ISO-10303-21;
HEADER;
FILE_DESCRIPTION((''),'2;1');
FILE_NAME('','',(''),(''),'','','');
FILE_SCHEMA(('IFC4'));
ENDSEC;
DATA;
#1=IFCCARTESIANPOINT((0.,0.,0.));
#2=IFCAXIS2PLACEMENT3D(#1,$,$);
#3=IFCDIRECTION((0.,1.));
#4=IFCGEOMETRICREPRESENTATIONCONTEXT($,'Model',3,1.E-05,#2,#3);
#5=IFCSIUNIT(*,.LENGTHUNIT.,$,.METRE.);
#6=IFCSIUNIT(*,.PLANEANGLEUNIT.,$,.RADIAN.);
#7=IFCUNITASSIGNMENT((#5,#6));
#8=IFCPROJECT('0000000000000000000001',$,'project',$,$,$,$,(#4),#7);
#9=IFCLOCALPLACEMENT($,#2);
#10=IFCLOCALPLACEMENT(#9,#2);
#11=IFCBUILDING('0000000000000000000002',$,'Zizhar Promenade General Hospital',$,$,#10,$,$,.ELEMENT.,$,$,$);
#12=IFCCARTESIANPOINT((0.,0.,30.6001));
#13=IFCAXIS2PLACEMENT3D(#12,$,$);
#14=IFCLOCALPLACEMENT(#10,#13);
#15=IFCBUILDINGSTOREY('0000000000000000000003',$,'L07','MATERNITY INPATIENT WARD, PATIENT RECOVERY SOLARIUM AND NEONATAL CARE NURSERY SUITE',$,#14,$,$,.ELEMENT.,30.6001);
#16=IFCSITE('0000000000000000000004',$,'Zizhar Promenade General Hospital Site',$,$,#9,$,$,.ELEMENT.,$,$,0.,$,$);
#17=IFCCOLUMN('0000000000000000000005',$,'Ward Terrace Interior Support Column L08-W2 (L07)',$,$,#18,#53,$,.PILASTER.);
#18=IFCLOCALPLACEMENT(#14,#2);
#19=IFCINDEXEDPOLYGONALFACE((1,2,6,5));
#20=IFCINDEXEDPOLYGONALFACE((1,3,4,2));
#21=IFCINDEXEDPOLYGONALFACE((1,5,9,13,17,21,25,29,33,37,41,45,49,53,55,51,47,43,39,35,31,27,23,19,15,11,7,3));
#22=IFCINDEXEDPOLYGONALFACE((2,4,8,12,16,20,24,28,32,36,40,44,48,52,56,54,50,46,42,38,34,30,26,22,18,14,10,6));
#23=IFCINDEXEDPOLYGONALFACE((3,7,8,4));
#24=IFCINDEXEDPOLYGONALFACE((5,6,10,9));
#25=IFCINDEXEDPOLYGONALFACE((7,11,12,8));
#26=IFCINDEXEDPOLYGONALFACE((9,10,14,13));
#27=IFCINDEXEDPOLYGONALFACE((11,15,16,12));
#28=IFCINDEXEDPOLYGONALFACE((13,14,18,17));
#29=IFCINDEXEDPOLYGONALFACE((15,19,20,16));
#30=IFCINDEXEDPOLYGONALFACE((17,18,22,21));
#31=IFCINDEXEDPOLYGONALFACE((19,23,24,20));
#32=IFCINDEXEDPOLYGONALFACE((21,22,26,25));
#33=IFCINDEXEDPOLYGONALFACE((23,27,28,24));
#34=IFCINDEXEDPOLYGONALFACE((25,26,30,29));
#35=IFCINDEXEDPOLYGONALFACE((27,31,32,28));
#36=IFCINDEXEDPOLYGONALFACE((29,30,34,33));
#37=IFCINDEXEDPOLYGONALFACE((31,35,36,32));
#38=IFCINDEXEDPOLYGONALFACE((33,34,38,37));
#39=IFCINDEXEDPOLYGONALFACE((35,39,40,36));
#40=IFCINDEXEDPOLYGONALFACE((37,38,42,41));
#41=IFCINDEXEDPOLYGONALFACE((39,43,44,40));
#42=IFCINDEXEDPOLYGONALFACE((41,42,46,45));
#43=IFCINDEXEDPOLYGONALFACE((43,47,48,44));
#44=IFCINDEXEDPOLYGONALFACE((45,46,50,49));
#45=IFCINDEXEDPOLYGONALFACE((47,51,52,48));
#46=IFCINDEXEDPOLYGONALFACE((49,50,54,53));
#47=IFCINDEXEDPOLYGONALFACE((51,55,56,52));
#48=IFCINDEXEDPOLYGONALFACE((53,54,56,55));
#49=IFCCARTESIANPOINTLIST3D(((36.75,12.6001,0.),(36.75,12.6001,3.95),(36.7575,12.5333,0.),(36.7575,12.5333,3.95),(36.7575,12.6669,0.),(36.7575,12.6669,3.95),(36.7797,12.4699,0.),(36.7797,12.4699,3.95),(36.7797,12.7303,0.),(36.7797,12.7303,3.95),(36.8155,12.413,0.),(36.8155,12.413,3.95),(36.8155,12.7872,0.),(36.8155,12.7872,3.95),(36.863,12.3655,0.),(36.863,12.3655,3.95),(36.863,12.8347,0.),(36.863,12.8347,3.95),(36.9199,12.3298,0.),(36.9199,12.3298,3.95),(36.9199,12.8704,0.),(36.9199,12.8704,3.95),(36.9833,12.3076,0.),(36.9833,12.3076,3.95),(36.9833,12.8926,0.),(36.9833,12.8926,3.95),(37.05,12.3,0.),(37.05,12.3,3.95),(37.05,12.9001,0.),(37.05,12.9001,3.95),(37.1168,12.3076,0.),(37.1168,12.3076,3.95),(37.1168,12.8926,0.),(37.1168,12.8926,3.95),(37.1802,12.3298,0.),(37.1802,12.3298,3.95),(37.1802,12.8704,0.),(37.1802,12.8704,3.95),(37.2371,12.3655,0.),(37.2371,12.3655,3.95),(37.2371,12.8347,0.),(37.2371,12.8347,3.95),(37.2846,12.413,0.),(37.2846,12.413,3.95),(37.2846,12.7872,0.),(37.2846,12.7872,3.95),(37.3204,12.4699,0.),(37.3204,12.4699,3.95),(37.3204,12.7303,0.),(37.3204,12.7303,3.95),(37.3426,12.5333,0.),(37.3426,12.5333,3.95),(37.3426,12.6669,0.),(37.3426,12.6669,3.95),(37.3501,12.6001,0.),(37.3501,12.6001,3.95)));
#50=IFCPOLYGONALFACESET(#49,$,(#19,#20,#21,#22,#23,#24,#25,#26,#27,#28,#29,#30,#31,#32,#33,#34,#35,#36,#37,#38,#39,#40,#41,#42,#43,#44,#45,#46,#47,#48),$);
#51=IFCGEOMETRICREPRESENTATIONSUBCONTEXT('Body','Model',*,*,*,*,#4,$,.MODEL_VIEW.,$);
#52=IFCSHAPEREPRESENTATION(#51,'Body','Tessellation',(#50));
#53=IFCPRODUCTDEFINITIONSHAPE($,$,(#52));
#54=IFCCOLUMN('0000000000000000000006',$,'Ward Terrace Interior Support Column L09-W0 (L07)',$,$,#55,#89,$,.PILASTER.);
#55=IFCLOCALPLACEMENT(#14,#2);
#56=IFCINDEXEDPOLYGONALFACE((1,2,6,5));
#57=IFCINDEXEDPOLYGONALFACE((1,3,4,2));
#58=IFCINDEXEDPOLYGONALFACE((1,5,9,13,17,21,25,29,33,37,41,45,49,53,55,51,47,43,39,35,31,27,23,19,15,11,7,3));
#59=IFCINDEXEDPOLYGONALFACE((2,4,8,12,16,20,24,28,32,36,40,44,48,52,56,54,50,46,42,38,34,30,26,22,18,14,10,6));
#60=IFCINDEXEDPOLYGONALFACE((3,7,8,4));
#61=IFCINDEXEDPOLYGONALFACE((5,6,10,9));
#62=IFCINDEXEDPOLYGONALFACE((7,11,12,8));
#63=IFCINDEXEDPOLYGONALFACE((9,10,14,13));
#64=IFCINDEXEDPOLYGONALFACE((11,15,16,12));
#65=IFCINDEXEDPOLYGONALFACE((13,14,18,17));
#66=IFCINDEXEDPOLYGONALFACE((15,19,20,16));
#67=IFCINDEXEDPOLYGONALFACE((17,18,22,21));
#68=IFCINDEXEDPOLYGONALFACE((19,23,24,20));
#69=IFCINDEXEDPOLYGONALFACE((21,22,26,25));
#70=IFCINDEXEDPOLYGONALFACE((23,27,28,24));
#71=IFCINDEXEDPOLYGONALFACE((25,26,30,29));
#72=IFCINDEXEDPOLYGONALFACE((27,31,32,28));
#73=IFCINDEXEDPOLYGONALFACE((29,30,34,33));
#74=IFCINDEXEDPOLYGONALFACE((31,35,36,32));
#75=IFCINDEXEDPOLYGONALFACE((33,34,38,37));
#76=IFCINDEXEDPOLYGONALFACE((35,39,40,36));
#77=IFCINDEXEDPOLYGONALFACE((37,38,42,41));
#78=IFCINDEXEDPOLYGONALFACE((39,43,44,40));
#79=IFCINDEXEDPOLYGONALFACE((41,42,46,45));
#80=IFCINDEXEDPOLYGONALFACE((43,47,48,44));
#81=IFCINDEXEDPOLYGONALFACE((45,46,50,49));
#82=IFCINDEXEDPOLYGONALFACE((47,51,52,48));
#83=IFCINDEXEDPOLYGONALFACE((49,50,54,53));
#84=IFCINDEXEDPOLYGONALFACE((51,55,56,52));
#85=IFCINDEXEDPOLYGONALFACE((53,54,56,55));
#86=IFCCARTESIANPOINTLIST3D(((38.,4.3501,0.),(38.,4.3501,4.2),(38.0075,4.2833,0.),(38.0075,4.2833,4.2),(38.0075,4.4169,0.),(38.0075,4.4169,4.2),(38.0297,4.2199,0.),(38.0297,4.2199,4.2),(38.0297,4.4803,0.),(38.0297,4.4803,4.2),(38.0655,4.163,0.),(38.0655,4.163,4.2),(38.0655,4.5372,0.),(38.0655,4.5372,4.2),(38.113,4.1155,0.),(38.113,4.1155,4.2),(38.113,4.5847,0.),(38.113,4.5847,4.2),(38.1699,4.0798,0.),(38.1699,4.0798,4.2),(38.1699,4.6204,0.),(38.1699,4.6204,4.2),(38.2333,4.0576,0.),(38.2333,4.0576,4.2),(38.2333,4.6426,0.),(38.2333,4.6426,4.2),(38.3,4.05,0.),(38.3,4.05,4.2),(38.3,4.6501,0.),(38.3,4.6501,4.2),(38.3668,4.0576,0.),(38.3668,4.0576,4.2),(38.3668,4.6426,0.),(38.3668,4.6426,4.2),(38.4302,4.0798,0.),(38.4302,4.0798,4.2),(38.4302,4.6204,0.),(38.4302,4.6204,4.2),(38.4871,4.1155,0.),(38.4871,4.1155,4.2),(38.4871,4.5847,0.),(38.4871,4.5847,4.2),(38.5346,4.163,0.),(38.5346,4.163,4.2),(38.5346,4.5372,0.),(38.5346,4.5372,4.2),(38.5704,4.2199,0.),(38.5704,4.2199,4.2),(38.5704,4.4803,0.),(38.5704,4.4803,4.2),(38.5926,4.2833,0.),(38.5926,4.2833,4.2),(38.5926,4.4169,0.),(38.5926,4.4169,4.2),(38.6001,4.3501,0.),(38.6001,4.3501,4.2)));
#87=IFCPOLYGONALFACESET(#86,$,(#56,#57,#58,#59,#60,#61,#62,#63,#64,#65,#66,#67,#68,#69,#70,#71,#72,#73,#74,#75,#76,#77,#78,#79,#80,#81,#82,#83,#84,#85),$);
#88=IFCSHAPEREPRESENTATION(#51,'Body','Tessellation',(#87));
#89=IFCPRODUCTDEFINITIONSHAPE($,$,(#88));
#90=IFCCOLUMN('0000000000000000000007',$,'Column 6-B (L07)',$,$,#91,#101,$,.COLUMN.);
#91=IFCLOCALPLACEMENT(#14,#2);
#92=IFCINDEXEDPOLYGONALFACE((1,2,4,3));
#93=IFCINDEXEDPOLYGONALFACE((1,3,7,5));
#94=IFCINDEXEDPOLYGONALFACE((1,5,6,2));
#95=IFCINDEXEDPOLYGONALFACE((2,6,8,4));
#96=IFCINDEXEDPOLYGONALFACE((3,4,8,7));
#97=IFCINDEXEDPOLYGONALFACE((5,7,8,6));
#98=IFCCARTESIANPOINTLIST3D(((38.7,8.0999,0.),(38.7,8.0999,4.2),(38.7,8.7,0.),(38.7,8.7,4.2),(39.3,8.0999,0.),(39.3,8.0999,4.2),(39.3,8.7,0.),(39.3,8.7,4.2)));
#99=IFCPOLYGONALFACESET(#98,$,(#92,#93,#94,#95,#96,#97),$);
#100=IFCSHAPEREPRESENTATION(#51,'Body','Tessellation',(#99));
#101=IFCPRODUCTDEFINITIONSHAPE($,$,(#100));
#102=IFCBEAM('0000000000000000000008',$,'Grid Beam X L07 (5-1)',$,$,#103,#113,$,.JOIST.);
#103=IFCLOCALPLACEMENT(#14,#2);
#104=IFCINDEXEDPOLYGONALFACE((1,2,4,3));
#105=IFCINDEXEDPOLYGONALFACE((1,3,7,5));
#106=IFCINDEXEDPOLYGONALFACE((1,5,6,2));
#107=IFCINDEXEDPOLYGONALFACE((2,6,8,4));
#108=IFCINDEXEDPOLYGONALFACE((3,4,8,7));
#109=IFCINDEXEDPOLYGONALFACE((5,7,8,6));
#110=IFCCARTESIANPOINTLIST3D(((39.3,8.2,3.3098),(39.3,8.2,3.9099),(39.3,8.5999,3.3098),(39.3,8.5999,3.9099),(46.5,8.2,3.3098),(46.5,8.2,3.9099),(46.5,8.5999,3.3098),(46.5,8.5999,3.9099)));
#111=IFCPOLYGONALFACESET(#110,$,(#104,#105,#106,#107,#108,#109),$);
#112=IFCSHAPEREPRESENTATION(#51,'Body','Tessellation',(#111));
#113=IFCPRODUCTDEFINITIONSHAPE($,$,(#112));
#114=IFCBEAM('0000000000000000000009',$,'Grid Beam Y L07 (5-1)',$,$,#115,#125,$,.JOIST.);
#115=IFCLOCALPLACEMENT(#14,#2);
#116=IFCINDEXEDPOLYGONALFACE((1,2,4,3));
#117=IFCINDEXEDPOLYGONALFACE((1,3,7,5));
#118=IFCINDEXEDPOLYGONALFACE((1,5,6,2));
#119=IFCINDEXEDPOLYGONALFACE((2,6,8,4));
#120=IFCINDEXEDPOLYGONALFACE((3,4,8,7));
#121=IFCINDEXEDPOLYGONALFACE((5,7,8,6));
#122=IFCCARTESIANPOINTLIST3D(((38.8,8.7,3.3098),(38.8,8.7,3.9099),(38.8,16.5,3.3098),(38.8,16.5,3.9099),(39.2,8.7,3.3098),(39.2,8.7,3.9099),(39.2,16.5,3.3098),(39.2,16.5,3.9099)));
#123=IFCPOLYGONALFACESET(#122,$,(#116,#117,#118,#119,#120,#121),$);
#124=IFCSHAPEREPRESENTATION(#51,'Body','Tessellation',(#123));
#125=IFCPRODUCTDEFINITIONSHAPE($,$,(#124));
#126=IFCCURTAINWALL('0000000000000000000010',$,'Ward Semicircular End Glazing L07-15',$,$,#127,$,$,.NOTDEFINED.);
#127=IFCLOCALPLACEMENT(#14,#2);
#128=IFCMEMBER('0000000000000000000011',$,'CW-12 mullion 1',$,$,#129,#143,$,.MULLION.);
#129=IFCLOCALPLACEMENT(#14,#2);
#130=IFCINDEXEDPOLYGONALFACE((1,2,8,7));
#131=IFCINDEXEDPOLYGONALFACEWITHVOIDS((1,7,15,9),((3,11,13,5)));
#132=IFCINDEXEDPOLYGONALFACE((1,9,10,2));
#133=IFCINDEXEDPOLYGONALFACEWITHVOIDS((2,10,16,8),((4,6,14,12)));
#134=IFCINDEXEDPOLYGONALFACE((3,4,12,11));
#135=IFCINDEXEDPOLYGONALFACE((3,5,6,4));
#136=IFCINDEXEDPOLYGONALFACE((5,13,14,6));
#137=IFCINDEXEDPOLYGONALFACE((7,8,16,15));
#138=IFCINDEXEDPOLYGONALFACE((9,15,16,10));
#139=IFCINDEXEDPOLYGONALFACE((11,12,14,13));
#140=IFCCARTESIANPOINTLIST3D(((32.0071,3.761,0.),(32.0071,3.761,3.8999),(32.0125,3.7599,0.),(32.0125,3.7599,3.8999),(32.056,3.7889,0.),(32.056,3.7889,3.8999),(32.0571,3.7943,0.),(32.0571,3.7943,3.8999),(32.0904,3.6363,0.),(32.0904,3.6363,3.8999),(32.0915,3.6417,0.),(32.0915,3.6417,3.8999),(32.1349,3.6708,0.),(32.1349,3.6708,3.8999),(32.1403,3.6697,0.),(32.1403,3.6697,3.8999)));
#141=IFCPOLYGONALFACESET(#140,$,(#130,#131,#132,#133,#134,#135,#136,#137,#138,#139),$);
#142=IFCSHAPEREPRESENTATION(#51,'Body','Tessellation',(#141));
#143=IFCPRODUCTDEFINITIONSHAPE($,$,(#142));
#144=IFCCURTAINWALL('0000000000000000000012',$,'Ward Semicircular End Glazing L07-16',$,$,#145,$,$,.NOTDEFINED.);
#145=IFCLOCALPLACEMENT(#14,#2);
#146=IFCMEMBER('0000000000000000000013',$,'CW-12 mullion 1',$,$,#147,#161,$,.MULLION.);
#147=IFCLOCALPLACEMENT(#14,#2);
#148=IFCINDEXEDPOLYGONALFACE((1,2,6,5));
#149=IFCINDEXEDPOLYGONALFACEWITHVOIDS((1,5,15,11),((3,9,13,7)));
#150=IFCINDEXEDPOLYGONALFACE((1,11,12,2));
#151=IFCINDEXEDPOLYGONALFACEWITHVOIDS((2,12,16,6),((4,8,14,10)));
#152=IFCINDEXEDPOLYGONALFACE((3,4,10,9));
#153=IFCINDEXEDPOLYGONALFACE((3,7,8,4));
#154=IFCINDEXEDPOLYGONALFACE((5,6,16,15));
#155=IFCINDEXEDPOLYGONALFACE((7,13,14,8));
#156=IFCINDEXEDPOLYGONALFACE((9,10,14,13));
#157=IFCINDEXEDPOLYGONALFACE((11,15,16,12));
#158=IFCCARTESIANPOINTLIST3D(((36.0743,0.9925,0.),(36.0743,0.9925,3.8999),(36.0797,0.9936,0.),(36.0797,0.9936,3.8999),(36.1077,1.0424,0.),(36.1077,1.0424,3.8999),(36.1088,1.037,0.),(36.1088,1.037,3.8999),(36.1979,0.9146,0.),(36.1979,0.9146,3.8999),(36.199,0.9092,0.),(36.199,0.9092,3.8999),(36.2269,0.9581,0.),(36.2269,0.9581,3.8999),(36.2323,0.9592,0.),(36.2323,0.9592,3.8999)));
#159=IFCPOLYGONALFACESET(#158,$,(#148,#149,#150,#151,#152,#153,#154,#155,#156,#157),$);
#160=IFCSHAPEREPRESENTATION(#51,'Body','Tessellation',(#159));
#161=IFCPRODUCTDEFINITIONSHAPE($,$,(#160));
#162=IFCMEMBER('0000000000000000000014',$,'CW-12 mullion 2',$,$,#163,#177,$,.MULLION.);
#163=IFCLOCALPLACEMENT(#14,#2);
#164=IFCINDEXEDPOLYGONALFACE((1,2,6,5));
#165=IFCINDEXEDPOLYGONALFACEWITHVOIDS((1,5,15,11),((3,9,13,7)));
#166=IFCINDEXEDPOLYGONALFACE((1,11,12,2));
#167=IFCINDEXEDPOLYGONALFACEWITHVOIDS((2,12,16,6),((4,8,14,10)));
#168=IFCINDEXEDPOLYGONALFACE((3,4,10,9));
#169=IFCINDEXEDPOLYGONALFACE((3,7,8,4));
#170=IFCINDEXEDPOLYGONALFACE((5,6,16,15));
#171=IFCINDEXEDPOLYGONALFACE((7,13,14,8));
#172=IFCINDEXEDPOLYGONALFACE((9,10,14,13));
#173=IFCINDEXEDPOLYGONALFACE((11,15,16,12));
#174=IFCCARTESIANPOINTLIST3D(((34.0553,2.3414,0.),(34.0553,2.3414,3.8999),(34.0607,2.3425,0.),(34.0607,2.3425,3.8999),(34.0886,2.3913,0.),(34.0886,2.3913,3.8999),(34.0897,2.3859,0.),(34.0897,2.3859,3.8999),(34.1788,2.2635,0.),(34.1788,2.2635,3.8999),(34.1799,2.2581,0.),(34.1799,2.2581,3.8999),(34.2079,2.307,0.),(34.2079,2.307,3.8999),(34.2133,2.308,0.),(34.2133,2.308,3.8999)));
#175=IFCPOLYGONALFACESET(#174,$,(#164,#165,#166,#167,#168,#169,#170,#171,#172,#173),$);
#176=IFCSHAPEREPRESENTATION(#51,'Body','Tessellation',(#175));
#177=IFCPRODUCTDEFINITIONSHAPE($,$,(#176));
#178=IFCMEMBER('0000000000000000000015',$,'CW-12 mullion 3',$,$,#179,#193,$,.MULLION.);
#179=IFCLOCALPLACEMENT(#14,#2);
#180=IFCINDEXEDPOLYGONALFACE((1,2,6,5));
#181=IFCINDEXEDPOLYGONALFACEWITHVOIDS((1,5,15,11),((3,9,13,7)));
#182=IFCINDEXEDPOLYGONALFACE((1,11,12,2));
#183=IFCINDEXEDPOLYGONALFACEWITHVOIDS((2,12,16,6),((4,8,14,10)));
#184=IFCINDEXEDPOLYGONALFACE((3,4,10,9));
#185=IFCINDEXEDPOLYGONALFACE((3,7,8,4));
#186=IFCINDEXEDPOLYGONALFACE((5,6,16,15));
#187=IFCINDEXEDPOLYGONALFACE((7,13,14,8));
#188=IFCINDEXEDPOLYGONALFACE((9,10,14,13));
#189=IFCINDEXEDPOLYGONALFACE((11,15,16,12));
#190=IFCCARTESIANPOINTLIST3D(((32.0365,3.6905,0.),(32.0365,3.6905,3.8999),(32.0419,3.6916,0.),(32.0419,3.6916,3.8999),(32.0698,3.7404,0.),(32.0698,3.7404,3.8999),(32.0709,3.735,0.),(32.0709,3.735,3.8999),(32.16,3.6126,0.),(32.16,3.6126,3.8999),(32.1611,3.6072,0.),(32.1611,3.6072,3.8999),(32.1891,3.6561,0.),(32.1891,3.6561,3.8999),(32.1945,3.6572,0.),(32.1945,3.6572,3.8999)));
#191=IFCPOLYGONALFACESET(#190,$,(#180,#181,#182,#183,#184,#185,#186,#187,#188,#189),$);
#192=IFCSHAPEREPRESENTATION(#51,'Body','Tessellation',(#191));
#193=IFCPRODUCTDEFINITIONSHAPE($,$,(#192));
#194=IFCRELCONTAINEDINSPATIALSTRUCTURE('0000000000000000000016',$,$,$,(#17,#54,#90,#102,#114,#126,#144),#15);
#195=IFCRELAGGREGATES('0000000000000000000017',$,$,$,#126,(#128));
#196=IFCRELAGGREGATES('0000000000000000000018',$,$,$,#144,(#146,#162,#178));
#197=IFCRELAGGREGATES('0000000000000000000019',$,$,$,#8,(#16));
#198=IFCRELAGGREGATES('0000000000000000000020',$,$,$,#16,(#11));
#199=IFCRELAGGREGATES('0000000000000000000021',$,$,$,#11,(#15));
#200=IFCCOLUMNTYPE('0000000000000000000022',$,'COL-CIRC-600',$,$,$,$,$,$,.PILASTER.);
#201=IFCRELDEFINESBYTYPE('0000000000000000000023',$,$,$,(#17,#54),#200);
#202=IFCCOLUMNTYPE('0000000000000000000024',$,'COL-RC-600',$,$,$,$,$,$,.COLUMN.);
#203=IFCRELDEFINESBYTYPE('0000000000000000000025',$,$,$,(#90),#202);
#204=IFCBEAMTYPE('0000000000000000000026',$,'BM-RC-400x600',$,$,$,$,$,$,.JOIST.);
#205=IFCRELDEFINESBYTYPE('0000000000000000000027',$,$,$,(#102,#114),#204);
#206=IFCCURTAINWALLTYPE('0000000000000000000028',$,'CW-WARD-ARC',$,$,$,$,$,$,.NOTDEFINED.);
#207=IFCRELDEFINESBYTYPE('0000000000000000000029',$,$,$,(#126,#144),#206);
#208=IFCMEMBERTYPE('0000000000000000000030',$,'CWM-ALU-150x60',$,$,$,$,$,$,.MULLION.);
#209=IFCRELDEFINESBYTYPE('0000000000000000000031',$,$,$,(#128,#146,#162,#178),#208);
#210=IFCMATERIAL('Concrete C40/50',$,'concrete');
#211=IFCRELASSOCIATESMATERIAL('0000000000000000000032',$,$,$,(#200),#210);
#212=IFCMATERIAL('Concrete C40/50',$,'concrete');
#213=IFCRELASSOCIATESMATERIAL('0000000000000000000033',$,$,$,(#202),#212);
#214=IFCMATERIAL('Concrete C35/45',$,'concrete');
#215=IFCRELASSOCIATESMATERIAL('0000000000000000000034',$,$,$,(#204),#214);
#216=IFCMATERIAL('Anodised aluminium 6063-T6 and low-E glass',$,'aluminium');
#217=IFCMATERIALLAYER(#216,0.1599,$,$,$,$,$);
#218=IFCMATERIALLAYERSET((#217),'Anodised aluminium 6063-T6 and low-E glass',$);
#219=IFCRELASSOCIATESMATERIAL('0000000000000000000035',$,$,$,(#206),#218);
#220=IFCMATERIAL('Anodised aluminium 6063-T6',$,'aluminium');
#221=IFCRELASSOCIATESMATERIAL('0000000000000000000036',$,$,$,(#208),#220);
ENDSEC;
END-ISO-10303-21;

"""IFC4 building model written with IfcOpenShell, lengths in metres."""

from ifc_helpers import new_model, si_unit, direction, frame, origin, origin_2d, place, context, subcontext, project, spatial, rectangle, hollow_rectangle, circle, extrude, material, layer, layer_set, material_profile, profile_set, type_object, element, aggregate, save


model = new_model("IFC4")

# Units and contexts
model_context = context("Model", 3, precision=1e-05, world=origin(), true_north=direction((0.0, 1.0)))
body_context = subcontext(model_context, "Body", "Model", "MODEL_VIEW")
ifc_project = project(units=[si_unit("LENGTHUNIT", "METRE"), si_unit("PLANEANGLEUNIT", "RADIAN")], contexts=[model_context])

# Site, building, storey
site_placement = place(None, origin())
site = spatial("IfcSite", under=ifc_project, at=site_placement, Name="Zizhar Promenade General Hospital Site", CompositionType="ELEMENT", RefElevation=0.0)
building_placement = place(site_placement, origin())
building = spatial("IfcBuilding", under=site, at=building_placement, Name="Zizhar Promenade General Hospital", CompositionType="ELEMENT")
storey_placement = place(building_placement, frame((0.0, 0.0, 30.6001)))
storey = spatial("IfcBuildingStorey", under=building, at=storey_placement, Name="L07", Description="MATERNITY INPATIENT WARD, PATIENT RECOVERY SOLARIUM AND NEONATAL CARE NURSERY SUITE", CompositionType="ELEMENT", Elevation=30.6001)

# Columns
ifc_material_1 = material(Name="Concrete C40/50", Category="concrete")
ifc_material_profile_1 = material_profile(ifc_material_1, circle(Radius=0.3, at=origin_2d()))
ifc_profile_set_1 = profile_set([ifc_material_profile_1], Name="Concrete C40/50")
column_type_1 = type_object("IfcColumnType", Name="COL-CIRC-600", PredefinedType="PILASTER", material=ifc_profile_set_1)
column_1_placement = place(storey_placement, frame((37.05, 12.6001, 0.0), z_axis=(0.0, 0.0, 1.0), x_axis=(1.0, 0.0, 0.0)))
element("IfcColumn", 1, at=column_1_placement, inside=storey, type_object=column_type_1, Name="Ward Terrace Interior Support Column L08-W2 (L07)", PredefinedType="PILASTER", context=body_context, shape_type="SweptSolid", body=[
    extrude(circle(Radius=0.3, at=origin_2d()), origin(), (0.0, 0.0, 1.0), 3.95),
])
column_2_placement = place(storey_placement, frame((38.3, 4.3501, 0.0), z_axis=(0.0, 0.0, 1.0), x_axis=(1.0, 0.0, 0.0)))
element("IfcColumn", 2, at=column_2_placement, inside=storey, type_object=column_type_1, Name="Ward Terrace Interior Support Column L09-W0 (L07)", PredefinedType="PILASTER", context=body_context, shape_type="SweptSolid", body=[
    extrude(circle(Radius=0.3, at=origin_2d()), origin(), (0.0, 0.0, 1.0), 4.2),
])
ifc_material_2 = material(Name="Concrete C40/50", Category="concrete")
ifc_material_profile_2 = material_profile(ifc_material_2, rectangle(XDim=0.6001, YDim=0.6001, at=origin_2d()))
ifc_profile_set_2 = profile_set([ifc_material_profile_2], Name="Concrete C40/50")
column_type_2 = type_object("IfcColumnType", Name="COL-RC-600", PredefinedType="COLUMN", material=ifc_profile_set_2)
column_3_placement = place(storey_placement, frame((39.0, 8.3999, 0.0), z_axis=(0.0, 0.0, 1.0), x_axis=(1.0, 0.0, 0.0)))
element("IfcColumn", 3, at=column_3_placement, inside=storey, type_object=column_type_2, Name="Column 6-B (L07)", PredefinedType="COLUMN", context=body_context, shape_type="SweptSolid", body=[
    extrude(rectangle(XDim=0.6001, YDim=0.6001, at=origin_2d()), origin(), (0.0, 0.0, 1.0), 4.2),
])

# Beams
ifc_material_3 = material(Name="Concrete C35/45", Category="concrete")
ifc_material_profile_3 = material_profile(ifc_material_3, rectangle(XDim=0.3999, YDim=0.6001, at=origin_2d()))
ifc_profile_set_3 = profile_set([ifc_material_profile_3], Name="Concrete C35/45")
beam_type = type_object("IfcBeamType", Name="BM-RC-400x600", PredefinedType="JOIST", material=ifc_profile_set_3)
beam_1_placement = place(storey_placement, frame((39.3, 8.3999, 3.6099), z_axis=(1.0, 0.0, 0.0), x_axis=(0.0, 1.0, 0.0)))
element("IfcBeam", 4, at=beam_1_placement, inside=storey, type_object=beam_type, Name="Grid Beam X L07 (5-1)", PredefinedType="JOIST", context=body_context, shape_type="SweptSolid", body=[
    extrude(rectangle(XDim=0.3999, YDim=0.6001, at=origin_2d()), origin(), (0.0, 0.0, 1.0), 7.2),
])
beam_2_placement = place(storey_placement, frame((39.0, 8.7, 3.6099), z_axis=(0.0, 1.0, 0.0), x_axis=(-1.0, 0.0, 0.0)))
element("IfcBeam", 5, at=beam_2_placement, inside=storey, type_object=beam_type, Name="Grid Beam Y L07 (5-1)", PredefinedType="JOIST", context=body_context, shape_type="SweptSolid", body=[
    extrude(rectangle(XDim=0.3999, YDim=0.6001, at=origin_2d()), origin(), (0.0, 0.0, 1.0), 7.8),
])

# Curtain wall, member
ifc_material_4 = material(Name="Anodised aluminium 6063-T6 and low-E glass", Category="aluminium")
ifc_layer_1 = layer(ifc_material_4, 0.1599)
ifc_layer_set_1 = layer_set([ifc_layer_1], Name="Anodised aluminium 6063-T6 and low-E glass")
curtain_wall_type = type_object("IfcCurtainWallType", Name="CW-WARD-ARC", PredefinedType="NOTDEFINED", material=ifc_layer_set_1)
curtain_wall_1_placement = place(storey_placement, origin())
curtain_wall_1 = element("IfcCurtainWall", 6, at=curtain_wall_1_placement, inside=storey, type_object=curtain_wall_type, Name="Ward Semicircular End Glazing L07-15", PredefinedType="NOTDEFINED")
ifc_material_5 = material(Name="Anodised aluminium 6063-T6", Category="aluminium")
ifc_material_profile_4 = material_profile(ifc_material_5, hollow_rectangle(XDim=0.0601, YDim=0.1499, WallThickness=0.0039, at=origin_2d()))
ifc_profile_set_4 = profile_set([ifc_material_profile_4], Name="Anodised aluminium 6063-T6")
member_type_1 = type_object("IfcMemberType", Name="CWM-ALU-150x60", PredefinedType="MULLION", material=ifc_profile_set_4)
member_1_placement = place(storey_placement, frame((32.0737, 3.7153, 0.0), z_axis=(0.0, 0.0, 1.0), x_axis=(-0.831462, -0.555582, 0.0)))
member_1 = element("IfcMember", 7, at=member_1_placement, type_object=member_type_1, Name="CW-12 mullion 1", PredefinedType="MULLION", context=body_context, shape_type="SweptSolid", body=[
    extrude(hollow_rectangle(XDim=0.0601, YDim=0.1499, WallThickness=0.0039, at=origin_2d()), origin(), (0.0, 0.0, 1.0), 3.8999),
])

# Curtain wall, members
curtain_wall_2_placement = place(storey_placement, origin())
curtain_wall_2 = element("IfcCurtainWall", 8, at=curtain_wall_2_placement, inside=storey, type_object=curtain_wall_type, Name="Ward Semicircular End Glazing L07-16", PredefinedType="NOTDEFINED")
member_2_placement = place(storey_placement, frame((36.1533, 0.9758, 0.0), z_axis=(0.0, 0.0, 1.0), x_axis=(-0.555582, -0.831462, 0.0)))
member_2 = element("IfcMember", 9, at=member_2_placement, type_object=member_type_1, Name="CW-12 mullion 1", PredefinedType="MULLION", context=body_context, shape_type="SweptSolid", body=[
    extrude(hollow_rectangle(XDim=0.0601, YDim=0.1499, WallThickness=0.0039, at=origin_2d()), origin(), (0.0, 0.0, 1.0), 3.8999),
])
member_3_placement = place(storey_placement, frame((34.1343, 2.3247, 0.0), z_axis=(0.0, 0.0, 1.0), x_axis=(-0.555582, -0.831462, 0.0)))
member_3 = element("IfcMember", 10, at=member_3_placement, type_object=member_type_1, Name="CW-12 mullion 2", PredefinedType="MULLION", context=body_context, shape_type="SweptSolid", body=[
    extrude(hollow_rectangle(XDim=0.0601, YDim=0.1499, WallThickness=0.0039, at=origin_2d()), origin(), (0.0, 0.0, 1.0), 3.8999),
])
member_4_placement = place(storey_placement, frame((32.1155, 3.6738, 0.0), z_axis=(0.0, 0.0, 1.0), x_axis=(-0.555582, -0.831462, 0.0)))
member_4 = element("IfcMember", 11, at=member_4_placement, type_object=member_type_1, Name="CW-12 mullion 3", PredefinedType="MULLION", context=body_context, shape_type="SweptSolid", body=[
    extrude(hollow_rectangle(XDim=0.0601, YDim=0.1499, WallThickness=0.0039, at=origin_2d()), origin(), (0.0, 0.0, 1.0), 3.8999),
])

aggregate(curtain_wall_1, [member_1])
aggregate(curtain_wall_2, [member_2, member_3, member_4])

save(model, "model.ifc")
